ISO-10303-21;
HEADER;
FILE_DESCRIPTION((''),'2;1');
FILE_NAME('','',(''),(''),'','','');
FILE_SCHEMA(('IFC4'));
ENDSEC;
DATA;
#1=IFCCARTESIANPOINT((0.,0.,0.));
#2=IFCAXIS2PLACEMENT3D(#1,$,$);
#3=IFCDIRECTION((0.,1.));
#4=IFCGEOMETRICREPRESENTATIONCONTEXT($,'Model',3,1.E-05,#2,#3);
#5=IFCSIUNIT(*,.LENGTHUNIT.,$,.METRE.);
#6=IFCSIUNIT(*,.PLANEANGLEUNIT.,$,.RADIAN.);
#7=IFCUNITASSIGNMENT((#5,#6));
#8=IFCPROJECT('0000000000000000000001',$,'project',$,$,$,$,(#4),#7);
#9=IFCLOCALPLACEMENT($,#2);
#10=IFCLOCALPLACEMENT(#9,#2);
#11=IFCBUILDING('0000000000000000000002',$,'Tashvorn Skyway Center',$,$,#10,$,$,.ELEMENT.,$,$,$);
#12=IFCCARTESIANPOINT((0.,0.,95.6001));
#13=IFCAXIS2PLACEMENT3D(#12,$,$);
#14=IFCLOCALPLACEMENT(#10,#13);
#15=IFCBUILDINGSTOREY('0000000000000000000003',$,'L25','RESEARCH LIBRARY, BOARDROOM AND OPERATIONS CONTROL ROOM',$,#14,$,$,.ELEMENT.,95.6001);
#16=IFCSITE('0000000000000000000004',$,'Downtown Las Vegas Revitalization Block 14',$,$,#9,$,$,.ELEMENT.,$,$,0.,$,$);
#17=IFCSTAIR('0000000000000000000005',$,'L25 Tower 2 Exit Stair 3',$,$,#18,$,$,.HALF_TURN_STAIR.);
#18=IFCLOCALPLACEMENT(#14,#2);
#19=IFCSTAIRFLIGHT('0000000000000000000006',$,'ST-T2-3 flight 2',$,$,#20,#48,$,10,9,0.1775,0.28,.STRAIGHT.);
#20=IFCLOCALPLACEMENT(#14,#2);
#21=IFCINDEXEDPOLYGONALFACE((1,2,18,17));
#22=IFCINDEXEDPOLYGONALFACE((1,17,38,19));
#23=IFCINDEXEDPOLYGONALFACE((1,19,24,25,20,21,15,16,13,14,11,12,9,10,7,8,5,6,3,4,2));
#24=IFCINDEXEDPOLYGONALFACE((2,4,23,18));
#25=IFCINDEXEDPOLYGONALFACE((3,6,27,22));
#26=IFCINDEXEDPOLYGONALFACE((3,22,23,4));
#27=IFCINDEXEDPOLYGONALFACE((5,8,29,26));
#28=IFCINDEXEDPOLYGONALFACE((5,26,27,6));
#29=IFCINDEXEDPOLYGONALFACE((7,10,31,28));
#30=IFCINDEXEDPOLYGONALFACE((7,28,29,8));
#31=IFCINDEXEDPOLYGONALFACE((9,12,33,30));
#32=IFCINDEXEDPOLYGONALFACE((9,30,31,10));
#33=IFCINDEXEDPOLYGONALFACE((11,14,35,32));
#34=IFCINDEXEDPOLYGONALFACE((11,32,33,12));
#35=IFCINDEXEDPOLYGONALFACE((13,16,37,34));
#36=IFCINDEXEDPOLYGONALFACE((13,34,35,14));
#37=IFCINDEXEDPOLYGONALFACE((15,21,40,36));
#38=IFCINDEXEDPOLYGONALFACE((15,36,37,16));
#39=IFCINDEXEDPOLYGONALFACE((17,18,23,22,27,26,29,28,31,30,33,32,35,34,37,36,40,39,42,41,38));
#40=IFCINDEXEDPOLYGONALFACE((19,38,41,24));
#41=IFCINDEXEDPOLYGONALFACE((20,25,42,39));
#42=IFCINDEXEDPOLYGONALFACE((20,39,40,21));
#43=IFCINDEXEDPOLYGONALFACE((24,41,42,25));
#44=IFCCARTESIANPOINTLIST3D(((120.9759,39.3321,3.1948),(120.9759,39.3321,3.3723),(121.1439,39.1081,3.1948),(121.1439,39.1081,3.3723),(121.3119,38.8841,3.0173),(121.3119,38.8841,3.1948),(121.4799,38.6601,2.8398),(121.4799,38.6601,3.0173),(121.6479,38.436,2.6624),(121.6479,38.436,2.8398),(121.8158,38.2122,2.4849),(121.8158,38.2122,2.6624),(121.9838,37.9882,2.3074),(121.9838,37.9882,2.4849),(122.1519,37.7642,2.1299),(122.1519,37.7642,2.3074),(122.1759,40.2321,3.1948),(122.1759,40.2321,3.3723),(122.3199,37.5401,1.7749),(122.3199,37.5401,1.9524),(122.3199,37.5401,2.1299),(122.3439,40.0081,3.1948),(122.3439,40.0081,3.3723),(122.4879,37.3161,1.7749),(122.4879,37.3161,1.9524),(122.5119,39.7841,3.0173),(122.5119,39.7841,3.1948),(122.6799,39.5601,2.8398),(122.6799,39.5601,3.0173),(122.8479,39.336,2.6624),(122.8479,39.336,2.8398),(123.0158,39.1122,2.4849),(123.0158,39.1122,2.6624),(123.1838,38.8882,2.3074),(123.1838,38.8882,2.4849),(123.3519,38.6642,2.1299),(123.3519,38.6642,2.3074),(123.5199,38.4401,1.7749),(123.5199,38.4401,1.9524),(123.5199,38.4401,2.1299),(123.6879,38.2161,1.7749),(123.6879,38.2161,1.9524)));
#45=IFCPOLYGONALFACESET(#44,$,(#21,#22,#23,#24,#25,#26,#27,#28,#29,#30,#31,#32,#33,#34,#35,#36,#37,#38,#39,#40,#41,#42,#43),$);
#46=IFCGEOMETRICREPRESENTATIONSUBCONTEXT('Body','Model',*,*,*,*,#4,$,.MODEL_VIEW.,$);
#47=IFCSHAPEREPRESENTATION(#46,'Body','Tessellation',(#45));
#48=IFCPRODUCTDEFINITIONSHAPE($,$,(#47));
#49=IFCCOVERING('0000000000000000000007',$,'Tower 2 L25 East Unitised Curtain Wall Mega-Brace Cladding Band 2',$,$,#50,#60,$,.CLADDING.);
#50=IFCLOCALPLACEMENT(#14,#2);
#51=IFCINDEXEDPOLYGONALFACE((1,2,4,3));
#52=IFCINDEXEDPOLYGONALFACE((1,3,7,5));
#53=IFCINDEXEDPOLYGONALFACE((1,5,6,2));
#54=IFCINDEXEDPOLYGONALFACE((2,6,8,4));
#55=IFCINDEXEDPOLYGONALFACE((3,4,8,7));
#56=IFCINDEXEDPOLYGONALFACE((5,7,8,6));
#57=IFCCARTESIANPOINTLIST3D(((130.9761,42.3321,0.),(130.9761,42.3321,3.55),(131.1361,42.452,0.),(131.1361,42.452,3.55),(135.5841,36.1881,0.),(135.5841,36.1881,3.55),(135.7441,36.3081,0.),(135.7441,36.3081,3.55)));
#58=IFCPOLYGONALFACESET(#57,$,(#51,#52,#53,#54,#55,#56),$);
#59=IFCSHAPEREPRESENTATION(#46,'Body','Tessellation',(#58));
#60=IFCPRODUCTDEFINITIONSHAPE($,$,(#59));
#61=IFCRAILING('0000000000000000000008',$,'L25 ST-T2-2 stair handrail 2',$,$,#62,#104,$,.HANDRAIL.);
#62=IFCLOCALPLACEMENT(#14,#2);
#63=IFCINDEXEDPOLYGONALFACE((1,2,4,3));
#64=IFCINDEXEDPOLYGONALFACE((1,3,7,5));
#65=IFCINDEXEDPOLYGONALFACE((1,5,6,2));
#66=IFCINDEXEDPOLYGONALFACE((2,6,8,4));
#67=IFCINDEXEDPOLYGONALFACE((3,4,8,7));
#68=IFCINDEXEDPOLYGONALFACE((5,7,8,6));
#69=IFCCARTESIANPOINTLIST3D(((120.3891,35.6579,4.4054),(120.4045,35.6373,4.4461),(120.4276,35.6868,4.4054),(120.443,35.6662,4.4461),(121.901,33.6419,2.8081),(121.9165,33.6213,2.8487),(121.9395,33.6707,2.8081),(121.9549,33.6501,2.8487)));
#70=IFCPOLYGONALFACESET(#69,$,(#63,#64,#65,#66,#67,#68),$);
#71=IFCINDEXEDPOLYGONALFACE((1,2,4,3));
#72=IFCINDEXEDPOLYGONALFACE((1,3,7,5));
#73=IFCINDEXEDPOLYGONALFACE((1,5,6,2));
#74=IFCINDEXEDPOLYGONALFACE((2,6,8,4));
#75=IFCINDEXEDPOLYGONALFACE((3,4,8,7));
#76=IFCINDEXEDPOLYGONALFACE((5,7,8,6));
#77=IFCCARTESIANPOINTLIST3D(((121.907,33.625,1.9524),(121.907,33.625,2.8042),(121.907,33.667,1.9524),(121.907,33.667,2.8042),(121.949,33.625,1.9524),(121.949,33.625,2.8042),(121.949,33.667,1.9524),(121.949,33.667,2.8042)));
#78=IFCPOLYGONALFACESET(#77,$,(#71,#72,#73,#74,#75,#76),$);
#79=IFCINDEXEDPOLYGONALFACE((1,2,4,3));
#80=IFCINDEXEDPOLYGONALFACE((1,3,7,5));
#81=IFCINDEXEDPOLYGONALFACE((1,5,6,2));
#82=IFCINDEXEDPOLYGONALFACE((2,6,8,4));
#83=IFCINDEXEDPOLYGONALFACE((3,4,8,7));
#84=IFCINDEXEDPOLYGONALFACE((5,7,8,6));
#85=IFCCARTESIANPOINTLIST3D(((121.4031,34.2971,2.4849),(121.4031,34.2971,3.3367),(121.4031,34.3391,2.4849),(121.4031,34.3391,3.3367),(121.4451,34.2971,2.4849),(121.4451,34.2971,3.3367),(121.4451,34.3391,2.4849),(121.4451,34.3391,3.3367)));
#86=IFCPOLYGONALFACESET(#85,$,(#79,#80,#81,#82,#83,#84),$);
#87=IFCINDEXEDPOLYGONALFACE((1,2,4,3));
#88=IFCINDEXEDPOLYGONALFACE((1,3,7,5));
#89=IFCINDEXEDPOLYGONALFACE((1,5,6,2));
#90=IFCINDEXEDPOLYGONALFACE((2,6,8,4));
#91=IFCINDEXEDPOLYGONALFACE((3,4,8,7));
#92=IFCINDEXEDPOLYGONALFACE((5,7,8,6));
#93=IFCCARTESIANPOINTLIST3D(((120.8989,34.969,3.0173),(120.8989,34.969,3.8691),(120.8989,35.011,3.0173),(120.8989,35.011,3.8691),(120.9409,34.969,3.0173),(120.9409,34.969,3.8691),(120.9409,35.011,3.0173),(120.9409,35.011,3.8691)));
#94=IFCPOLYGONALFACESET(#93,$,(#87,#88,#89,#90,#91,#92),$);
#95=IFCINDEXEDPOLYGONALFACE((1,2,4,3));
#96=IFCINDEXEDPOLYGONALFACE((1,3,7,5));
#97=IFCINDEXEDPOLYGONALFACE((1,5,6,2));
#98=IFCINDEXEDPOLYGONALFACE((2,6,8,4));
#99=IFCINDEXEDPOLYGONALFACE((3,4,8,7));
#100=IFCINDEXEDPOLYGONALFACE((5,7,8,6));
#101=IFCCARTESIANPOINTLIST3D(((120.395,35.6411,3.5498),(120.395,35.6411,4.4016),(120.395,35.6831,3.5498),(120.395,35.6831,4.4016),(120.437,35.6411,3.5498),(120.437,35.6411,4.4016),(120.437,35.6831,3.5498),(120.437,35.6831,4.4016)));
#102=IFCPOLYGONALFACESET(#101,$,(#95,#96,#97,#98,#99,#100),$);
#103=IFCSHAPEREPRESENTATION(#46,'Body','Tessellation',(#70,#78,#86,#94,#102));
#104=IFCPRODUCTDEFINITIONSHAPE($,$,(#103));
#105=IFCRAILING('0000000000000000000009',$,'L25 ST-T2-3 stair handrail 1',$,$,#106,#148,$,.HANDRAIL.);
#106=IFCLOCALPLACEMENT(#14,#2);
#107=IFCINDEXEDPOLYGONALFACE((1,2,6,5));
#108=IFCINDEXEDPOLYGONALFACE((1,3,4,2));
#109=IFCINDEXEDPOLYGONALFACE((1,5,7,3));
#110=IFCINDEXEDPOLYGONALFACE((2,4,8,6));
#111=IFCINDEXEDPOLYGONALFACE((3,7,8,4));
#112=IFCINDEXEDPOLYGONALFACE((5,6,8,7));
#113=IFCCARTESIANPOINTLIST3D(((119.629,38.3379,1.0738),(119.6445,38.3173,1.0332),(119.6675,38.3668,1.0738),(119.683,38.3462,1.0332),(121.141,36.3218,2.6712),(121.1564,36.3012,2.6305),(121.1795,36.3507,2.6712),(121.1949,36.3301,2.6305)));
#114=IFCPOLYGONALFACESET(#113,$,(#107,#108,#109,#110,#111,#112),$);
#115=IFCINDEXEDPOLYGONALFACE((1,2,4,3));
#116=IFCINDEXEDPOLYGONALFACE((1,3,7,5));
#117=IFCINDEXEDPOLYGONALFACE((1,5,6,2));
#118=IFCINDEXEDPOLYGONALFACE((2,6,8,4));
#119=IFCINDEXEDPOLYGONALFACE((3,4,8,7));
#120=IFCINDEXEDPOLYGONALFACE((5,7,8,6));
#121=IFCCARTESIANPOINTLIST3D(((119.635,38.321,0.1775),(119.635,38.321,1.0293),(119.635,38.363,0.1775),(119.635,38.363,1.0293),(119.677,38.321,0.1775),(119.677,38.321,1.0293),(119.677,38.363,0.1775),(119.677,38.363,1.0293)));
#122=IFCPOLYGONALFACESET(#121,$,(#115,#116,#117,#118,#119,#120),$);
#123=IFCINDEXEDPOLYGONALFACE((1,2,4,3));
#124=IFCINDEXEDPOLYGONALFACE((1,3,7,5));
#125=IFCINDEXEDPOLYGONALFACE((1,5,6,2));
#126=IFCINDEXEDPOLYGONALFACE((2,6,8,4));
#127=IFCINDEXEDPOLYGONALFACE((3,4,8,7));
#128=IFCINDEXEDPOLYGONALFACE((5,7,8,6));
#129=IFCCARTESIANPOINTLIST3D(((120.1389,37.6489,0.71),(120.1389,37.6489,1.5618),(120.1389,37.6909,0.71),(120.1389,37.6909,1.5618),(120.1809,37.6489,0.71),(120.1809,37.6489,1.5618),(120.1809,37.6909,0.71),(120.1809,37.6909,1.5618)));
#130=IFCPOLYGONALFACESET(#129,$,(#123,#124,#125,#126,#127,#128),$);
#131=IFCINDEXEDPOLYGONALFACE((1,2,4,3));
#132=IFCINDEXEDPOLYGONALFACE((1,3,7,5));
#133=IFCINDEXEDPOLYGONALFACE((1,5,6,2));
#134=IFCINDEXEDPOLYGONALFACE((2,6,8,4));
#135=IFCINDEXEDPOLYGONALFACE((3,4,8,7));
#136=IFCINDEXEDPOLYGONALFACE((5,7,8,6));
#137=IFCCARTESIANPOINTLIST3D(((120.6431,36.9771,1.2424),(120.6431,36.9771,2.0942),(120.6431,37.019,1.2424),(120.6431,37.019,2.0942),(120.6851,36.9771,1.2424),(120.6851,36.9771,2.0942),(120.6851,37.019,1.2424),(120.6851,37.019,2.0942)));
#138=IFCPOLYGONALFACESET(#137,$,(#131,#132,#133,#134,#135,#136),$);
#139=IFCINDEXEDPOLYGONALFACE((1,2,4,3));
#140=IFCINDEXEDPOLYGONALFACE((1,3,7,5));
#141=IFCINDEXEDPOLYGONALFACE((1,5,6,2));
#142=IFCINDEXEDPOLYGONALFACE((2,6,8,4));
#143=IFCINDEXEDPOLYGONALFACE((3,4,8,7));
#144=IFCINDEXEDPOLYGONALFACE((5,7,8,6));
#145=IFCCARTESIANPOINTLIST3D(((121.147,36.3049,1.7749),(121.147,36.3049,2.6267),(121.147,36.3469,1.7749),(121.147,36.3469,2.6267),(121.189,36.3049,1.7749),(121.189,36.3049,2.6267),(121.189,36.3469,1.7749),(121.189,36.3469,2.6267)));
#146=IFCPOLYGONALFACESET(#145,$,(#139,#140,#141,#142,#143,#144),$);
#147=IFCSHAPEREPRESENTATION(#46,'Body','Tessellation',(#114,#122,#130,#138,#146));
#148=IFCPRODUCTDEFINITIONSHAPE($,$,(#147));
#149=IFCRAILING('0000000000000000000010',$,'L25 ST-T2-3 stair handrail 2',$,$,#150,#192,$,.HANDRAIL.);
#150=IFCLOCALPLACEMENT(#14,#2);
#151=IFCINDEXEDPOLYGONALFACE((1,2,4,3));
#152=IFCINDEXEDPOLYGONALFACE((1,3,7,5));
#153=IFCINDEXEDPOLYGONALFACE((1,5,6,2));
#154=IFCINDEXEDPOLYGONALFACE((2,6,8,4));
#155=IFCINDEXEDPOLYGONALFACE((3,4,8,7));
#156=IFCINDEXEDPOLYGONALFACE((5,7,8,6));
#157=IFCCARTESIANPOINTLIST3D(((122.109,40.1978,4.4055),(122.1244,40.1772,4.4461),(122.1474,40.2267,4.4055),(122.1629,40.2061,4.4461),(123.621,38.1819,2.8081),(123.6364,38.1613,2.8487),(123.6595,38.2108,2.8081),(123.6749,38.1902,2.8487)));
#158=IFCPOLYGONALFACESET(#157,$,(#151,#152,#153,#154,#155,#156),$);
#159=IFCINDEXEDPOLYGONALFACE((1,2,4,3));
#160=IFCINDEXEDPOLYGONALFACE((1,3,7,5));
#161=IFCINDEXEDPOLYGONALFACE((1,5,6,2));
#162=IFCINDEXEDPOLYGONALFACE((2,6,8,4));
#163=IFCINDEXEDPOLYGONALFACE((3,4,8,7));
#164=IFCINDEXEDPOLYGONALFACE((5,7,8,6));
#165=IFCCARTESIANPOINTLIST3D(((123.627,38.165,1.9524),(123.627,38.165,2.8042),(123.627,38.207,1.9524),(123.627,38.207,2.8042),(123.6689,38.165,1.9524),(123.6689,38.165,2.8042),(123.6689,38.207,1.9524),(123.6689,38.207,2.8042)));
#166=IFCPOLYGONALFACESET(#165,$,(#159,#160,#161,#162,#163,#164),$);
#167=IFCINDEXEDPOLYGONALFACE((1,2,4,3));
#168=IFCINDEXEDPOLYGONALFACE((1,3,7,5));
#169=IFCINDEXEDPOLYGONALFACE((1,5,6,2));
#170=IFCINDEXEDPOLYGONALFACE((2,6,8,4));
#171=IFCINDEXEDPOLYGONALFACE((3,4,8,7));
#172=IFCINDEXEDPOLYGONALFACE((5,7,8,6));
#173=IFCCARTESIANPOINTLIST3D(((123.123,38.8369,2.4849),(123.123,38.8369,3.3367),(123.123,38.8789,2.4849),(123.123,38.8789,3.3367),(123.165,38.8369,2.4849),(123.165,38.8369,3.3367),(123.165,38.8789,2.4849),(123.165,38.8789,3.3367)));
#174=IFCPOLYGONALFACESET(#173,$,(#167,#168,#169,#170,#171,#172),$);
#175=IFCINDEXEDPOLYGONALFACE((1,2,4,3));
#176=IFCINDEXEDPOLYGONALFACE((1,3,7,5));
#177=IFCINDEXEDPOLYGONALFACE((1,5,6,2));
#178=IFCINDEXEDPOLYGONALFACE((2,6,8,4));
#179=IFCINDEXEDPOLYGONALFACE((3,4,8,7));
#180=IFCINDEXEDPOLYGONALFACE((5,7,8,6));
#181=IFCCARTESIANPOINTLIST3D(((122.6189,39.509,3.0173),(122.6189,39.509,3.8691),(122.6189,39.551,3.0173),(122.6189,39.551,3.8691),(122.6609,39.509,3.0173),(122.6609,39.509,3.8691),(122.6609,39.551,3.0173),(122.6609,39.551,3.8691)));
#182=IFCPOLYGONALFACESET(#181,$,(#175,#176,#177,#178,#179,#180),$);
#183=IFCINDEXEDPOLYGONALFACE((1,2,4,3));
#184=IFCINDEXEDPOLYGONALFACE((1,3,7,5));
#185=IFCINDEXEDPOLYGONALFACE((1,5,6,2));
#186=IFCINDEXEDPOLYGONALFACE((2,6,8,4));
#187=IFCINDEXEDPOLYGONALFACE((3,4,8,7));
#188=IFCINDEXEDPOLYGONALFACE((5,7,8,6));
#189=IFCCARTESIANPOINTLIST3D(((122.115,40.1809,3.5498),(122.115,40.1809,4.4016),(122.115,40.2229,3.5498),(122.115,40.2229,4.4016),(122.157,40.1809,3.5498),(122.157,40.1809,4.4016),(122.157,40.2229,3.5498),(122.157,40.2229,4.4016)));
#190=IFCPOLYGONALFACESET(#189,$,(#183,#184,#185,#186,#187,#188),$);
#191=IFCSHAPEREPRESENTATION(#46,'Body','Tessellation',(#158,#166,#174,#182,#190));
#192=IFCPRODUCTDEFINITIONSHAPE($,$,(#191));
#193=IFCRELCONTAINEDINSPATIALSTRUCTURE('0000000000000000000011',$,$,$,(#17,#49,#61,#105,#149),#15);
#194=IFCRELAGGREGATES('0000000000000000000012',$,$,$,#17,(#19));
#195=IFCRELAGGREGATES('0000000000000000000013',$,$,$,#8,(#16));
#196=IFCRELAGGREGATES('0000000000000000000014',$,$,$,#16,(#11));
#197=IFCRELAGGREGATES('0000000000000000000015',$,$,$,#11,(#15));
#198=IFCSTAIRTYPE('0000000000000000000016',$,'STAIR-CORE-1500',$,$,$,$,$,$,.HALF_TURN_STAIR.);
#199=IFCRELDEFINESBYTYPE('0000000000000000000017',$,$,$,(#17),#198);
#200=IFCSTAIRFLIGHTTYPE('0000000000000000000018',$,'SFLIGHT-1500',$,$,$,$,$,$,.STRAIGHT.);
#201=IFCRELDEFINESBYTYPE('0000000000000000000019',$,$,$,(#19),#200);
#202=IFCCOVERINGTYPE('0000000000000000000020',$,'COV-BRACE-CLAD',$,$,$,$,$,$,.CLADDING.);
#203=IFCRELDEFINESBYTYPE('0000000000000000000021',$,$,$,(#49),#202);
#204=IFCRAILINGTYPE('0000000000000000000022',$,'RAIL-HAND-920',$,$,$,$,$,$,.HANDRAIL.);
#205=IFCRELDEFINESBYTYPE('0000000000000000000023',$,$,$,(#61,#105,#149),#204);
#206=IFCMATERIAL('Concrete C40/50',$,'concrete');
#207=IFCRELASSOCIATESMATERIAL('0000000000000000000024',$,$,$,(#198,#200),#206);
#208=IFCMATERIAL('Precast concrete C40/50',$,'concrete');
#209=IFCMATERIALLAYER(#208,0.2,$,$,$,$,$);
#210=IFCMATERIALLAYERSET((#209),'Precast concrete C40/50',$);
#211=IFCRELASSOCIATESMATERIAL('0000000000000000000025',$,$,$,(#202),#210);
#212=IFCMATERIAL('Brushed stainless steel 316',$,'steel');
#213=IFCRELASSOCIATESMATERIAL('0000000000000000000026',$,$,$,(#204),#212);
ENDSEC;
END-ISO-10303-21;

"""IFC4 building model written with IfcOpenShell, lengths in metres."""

from ifc_helpers import new_model, si_unit, direction, frame, origin, origin_2d, place, context, subcontext, project, spatial, polyline, rectangle, outline, extrude, material, layer, layer_set, type_object, element, aggregate, save


model = new_model("IFC4")

# Units and contexts
model_context = context("Model", 3, precision=1e-05, world=origin(), true_north=direction((0.0, 1.0)))
body_context = subcontext(model_context, "Body", "Model", "MODEL_VIEW")
ifc_project = project(units=[si_unit("LENGTHUNIT", "METRE"), si_unit("PLANEANGLEUNIT", "RADIAN")], contexts=[model_context])

# Site, building, storey
site_placement = place(None, origin())
site = spatial("IfcSite", under=ifc_project, at=site_placement, Name="Downtown Las Vegas Revitalization Block 14", CompositionType="ELEMENT", RefElevation=0.0)
building_placement = place(site_placement, origin())
building = spatial("IfcBuilding", under=site, at=building_placement, Name="Tashvorn Skyway Center", CompositionType="ELEMENT")
storey_placement = place(building_placement, frame((0.0, 0.0, 95.6001)))
storey = spatial("IfcBuildingStorey", under=building, at=storey_placement, Name="L25", Description="RESEARCH LIBRARY, BOARDROOM AND OPERATIONS CONTROL ROOM", CompositionType="ELEMENT", Elevation=95.6001)

# Shared definitions
ifc_material_1 = material(Name="Concrete C40/50", Category="concrete")

# Shared definitions
stair_type = type_object("IfcStairType", Name="STAIR-CORE-1500", PredefinedType="HALF_TURN_STAIR", material=ifc_material_1)
stair_flight_type = type_object("IfcStairFlightType", Name="SFLIGHT-1500", PredefinedType="STRAIGHT", material=ifc_material_1)

# Stair, stair flight
stair_1_placement = place(storey_placement, origin())
stair_1 = element("IfcStair", 1, at=stair_1_placement, inside=storey, type_object=stair_type, Name="L25 Tower 2 Exit Stair 3", PredefinedType="HALF_TURN_STAIR")
stair_flight_1_placement = place(storey_placement, frame((123.0879, 37.7661, 1.7749), z_axis=(0.0, 0.0, 1.0), x_axis=(-0.6, 0.8, 0.0)))
stair_flight_1 = element("IfcStairFlight", 2, at=stair_flight_1_placement, type_object=stair_flight_type, Name="ST-T2-3 flight 2", NumberOfRisers=10, NumberOfTreads=9, PredefinedType="STRAIGHT", RiserHeight=0.1775, TreadLength=0.28, context=body_context, shape_type="SweptSolid", body=[
    extrude(outline(polyline([(0.0, 0.0), (0.0, 0.1775), (0.28, 0.1775), (0.28, 0.355), (0.5601, 0.355), (0.5601, 0.5325), (0.8401, 0.5325), (0.8401, 0.71), (1.1201, 0.71), (1.1201, 0.8875), (1.3999, 0.8875), (1.3999, 1.0649), (1.6799, 1.0649), (1.6799, 1.2424), (1.96, 1.2424), (1.96, 1.4199), (2.24, 1.4199), (2.24, 1.5974), (2.52, 1.5974), (2.52, 1.7749), (2.52, 1.4199), (0.28, 0.0), (0.0, 0.0)])), frame((0.0, 0.75, 0.0), z_axis=(0.0, -1.0, 0.0), x_axis=(1.0, 0.0, 0.0)), (0.0, 0.0, 1.0), 1.5),
])
aggregate(stair_1, [stair_flight_1])

# Covering
ifc_material_2 = material(Name="Precast concrete C40/50", Category="concrete")
ifc_layer_1 = layer(ifc_material_2, 0.2)
ifc_layer_set_1 = layer_set([ifc_layer_1], Name="Precast concrete C40/50")
covering_type = type_object("IfcCoveringType", Name="COV-BRACE-CLAD", PredefinedType="CLADDING", material=ifc_layer_set_1)
covering_placement = place(storey_placement, frame((133.3601, 39.3201, 0.0), z_axis=(0.0, 0.0, 1.0), x_axis=(0.6, -0.8, 0.0)))
element("IfcCovering", 3, at=covering_placement, inside=storey, type_object=covering_type, Name="Tower 2 L25 East Unitised Curtain Wall Mega-Brace Cladding Band 2", PredefinedType="CLADDING", context=body_context, shape_type="SweptSolid", body=[
    extrude(rectangle(XDim=7.6799, YDim=0.2, at=origin_2d()), origin(), (0.0, 0.0, 1.0), 3.55),
])

# Railings
ifc_material_3 = material(Name="Brushed stainless steel 316", Category="steel")
railing_type_1 = type_object("IfcRailingType", Name="RAIL-HAND-920", PredefinedType="HANDRAIL", material=ifc_material_3)
railing_1_placement = place(storey_placement, frame((121.928, 33.646, 1.9524)))
element("IfcRailing", 4, at=railing_1_placement, inside=storey, type_object=railing_type_1, Name="L25 ST-T2-2 stair handrail 2", PredefinedType="HANDRAIL", context=body_context, shape_type="SweptSolid", body=[
    extrude(rectangle(XDim=0.0481, YDim=0.0481, at=origin_2d()), frame((0.0, 0.0, 0.876), z_axis=(-0.506741, 0.675709, 0.535379), x_axis=(-0.800023, -0.599969, 0.0)), (0.0, 0.0, 1.0), 2.9836),
    extrude(rectangle(XDim=0.042, YDim=0.042, at=origin_2d()), origin(), (0.0, 0.0, 1.0), 0.8518),
    extrude(rectangle(XDim=0.042, YDim=0.042, at=origin_2d()), frame((-0.5039, 0.6721, 0.5325)), (0.0, 0.0, 1.0), 0.8518),
    extrude(rectangle(XDim=0.042, YDim=0.042, at=origin_2d()), frame((-1.0081, 1.344, 1.0649)), (0.0, 0.0, 1.0), 0.8518),
    extrude(rectangle(XDim=0.042, YDim=0.042, at=origin_2d()), frame((-1.512, 2.0161, 1.5974)), (0.0, 0.0, 1.0), 0.8518),
])
railing_2_placement = place(storey_placement, frame((119.656, 38.342, 0.1775)))
element("IfcRailing", 5, at=railing_2_placement, inside=storey, type_object=railing_type_1, Name="L25 ST-T2-3 stair handrail 1", PredefinedType="HANDRAIL", context=body_context, shape_type="SweptSolid", body=[
    extrude(rectangle(XDim=0.0481, YDim=0.0481, at=origin_2d()), frame((0.0, 0.0, 0.876), z_axis=(0.506741, -0.675709, 0.535379), x_axis=(0.800023, 0.599969, 0.0)), (0.0, 0.0, 1.0), 2.9836),
    extrude(rectangle(XDim=0.042, YDim=0.042, at=origin_2d()), origin(), (0.0, 0.0, 1.0), 0.8518),
    extrude(rectangle(XDim=0.042, YDim=0.042, at=origin_2d()), frame((0.5039, -0.6721, 0.5325)), (0.0, 0.0, 1.0), 0.8518),
    extrude(rectangle(XDim=0.042, YDim=0.042, at=origin_2d()), frame((1.0081, -1.344, 1.0649)), (0.0, 0.0, 1.0), 0.8518),
    extrude(rectangle(XDim=0.042, YDim=0.042, at=origin_2d()), frame((1.512, -2.0161, 1.5974)), (0.0, 0.0, 1.0), 0.8518),
])
railing_3_placement = place(storey_placement, frame((123.6479, 38.186, 1.9524)))
element("IfcRailing", 6, at=railing_3_placement, inside=storey, type_object=railing_type_1, Name="L25 ST-T2-3 stair handrail 2", PredefinedType="HANDRAIL", context=body_context, shape_type="SweptSolid", body=[
    extrude(rectangle(XDim=0.0481, YDim=0.0481, at=origin_2d()), frame((0.0, 0.0, 0.876), z_axis=(-0.506769, 0.675664, 0.535409), x_axis=(-0.799988, -0.600016, 0.0)), (0.0, 0.0, 1.0), 2.9836),
    extrude(rectangle(XDim=0.042, YDim=0.042, at=origin_2d()), origin(), (0.0, 0.0, 1.0), 0.8518),
    extrude(rectangle(XDim=0.042, YDim=0.042, at=origin_2d()), frame((-0.5039, 0.6719, 0.5325)), (0.0, 0.0, 1.0), 0.8518),
    extrude(rectangle(XDim=0.042, YDim=0.042, at=origin_2d()), frame((-1.0081, 1.344, 1.0649)), (0.0, 0.0, 1.0), 0.8518),
    extrude(rectangle(XDim=0.042, YDim=0.042, at=origin_2d()), frame((-1.512, 2.0159, 1.5974)), (0.0, 0.0, 1.0), 0.8518),
])

save(model, "model.ifc")
